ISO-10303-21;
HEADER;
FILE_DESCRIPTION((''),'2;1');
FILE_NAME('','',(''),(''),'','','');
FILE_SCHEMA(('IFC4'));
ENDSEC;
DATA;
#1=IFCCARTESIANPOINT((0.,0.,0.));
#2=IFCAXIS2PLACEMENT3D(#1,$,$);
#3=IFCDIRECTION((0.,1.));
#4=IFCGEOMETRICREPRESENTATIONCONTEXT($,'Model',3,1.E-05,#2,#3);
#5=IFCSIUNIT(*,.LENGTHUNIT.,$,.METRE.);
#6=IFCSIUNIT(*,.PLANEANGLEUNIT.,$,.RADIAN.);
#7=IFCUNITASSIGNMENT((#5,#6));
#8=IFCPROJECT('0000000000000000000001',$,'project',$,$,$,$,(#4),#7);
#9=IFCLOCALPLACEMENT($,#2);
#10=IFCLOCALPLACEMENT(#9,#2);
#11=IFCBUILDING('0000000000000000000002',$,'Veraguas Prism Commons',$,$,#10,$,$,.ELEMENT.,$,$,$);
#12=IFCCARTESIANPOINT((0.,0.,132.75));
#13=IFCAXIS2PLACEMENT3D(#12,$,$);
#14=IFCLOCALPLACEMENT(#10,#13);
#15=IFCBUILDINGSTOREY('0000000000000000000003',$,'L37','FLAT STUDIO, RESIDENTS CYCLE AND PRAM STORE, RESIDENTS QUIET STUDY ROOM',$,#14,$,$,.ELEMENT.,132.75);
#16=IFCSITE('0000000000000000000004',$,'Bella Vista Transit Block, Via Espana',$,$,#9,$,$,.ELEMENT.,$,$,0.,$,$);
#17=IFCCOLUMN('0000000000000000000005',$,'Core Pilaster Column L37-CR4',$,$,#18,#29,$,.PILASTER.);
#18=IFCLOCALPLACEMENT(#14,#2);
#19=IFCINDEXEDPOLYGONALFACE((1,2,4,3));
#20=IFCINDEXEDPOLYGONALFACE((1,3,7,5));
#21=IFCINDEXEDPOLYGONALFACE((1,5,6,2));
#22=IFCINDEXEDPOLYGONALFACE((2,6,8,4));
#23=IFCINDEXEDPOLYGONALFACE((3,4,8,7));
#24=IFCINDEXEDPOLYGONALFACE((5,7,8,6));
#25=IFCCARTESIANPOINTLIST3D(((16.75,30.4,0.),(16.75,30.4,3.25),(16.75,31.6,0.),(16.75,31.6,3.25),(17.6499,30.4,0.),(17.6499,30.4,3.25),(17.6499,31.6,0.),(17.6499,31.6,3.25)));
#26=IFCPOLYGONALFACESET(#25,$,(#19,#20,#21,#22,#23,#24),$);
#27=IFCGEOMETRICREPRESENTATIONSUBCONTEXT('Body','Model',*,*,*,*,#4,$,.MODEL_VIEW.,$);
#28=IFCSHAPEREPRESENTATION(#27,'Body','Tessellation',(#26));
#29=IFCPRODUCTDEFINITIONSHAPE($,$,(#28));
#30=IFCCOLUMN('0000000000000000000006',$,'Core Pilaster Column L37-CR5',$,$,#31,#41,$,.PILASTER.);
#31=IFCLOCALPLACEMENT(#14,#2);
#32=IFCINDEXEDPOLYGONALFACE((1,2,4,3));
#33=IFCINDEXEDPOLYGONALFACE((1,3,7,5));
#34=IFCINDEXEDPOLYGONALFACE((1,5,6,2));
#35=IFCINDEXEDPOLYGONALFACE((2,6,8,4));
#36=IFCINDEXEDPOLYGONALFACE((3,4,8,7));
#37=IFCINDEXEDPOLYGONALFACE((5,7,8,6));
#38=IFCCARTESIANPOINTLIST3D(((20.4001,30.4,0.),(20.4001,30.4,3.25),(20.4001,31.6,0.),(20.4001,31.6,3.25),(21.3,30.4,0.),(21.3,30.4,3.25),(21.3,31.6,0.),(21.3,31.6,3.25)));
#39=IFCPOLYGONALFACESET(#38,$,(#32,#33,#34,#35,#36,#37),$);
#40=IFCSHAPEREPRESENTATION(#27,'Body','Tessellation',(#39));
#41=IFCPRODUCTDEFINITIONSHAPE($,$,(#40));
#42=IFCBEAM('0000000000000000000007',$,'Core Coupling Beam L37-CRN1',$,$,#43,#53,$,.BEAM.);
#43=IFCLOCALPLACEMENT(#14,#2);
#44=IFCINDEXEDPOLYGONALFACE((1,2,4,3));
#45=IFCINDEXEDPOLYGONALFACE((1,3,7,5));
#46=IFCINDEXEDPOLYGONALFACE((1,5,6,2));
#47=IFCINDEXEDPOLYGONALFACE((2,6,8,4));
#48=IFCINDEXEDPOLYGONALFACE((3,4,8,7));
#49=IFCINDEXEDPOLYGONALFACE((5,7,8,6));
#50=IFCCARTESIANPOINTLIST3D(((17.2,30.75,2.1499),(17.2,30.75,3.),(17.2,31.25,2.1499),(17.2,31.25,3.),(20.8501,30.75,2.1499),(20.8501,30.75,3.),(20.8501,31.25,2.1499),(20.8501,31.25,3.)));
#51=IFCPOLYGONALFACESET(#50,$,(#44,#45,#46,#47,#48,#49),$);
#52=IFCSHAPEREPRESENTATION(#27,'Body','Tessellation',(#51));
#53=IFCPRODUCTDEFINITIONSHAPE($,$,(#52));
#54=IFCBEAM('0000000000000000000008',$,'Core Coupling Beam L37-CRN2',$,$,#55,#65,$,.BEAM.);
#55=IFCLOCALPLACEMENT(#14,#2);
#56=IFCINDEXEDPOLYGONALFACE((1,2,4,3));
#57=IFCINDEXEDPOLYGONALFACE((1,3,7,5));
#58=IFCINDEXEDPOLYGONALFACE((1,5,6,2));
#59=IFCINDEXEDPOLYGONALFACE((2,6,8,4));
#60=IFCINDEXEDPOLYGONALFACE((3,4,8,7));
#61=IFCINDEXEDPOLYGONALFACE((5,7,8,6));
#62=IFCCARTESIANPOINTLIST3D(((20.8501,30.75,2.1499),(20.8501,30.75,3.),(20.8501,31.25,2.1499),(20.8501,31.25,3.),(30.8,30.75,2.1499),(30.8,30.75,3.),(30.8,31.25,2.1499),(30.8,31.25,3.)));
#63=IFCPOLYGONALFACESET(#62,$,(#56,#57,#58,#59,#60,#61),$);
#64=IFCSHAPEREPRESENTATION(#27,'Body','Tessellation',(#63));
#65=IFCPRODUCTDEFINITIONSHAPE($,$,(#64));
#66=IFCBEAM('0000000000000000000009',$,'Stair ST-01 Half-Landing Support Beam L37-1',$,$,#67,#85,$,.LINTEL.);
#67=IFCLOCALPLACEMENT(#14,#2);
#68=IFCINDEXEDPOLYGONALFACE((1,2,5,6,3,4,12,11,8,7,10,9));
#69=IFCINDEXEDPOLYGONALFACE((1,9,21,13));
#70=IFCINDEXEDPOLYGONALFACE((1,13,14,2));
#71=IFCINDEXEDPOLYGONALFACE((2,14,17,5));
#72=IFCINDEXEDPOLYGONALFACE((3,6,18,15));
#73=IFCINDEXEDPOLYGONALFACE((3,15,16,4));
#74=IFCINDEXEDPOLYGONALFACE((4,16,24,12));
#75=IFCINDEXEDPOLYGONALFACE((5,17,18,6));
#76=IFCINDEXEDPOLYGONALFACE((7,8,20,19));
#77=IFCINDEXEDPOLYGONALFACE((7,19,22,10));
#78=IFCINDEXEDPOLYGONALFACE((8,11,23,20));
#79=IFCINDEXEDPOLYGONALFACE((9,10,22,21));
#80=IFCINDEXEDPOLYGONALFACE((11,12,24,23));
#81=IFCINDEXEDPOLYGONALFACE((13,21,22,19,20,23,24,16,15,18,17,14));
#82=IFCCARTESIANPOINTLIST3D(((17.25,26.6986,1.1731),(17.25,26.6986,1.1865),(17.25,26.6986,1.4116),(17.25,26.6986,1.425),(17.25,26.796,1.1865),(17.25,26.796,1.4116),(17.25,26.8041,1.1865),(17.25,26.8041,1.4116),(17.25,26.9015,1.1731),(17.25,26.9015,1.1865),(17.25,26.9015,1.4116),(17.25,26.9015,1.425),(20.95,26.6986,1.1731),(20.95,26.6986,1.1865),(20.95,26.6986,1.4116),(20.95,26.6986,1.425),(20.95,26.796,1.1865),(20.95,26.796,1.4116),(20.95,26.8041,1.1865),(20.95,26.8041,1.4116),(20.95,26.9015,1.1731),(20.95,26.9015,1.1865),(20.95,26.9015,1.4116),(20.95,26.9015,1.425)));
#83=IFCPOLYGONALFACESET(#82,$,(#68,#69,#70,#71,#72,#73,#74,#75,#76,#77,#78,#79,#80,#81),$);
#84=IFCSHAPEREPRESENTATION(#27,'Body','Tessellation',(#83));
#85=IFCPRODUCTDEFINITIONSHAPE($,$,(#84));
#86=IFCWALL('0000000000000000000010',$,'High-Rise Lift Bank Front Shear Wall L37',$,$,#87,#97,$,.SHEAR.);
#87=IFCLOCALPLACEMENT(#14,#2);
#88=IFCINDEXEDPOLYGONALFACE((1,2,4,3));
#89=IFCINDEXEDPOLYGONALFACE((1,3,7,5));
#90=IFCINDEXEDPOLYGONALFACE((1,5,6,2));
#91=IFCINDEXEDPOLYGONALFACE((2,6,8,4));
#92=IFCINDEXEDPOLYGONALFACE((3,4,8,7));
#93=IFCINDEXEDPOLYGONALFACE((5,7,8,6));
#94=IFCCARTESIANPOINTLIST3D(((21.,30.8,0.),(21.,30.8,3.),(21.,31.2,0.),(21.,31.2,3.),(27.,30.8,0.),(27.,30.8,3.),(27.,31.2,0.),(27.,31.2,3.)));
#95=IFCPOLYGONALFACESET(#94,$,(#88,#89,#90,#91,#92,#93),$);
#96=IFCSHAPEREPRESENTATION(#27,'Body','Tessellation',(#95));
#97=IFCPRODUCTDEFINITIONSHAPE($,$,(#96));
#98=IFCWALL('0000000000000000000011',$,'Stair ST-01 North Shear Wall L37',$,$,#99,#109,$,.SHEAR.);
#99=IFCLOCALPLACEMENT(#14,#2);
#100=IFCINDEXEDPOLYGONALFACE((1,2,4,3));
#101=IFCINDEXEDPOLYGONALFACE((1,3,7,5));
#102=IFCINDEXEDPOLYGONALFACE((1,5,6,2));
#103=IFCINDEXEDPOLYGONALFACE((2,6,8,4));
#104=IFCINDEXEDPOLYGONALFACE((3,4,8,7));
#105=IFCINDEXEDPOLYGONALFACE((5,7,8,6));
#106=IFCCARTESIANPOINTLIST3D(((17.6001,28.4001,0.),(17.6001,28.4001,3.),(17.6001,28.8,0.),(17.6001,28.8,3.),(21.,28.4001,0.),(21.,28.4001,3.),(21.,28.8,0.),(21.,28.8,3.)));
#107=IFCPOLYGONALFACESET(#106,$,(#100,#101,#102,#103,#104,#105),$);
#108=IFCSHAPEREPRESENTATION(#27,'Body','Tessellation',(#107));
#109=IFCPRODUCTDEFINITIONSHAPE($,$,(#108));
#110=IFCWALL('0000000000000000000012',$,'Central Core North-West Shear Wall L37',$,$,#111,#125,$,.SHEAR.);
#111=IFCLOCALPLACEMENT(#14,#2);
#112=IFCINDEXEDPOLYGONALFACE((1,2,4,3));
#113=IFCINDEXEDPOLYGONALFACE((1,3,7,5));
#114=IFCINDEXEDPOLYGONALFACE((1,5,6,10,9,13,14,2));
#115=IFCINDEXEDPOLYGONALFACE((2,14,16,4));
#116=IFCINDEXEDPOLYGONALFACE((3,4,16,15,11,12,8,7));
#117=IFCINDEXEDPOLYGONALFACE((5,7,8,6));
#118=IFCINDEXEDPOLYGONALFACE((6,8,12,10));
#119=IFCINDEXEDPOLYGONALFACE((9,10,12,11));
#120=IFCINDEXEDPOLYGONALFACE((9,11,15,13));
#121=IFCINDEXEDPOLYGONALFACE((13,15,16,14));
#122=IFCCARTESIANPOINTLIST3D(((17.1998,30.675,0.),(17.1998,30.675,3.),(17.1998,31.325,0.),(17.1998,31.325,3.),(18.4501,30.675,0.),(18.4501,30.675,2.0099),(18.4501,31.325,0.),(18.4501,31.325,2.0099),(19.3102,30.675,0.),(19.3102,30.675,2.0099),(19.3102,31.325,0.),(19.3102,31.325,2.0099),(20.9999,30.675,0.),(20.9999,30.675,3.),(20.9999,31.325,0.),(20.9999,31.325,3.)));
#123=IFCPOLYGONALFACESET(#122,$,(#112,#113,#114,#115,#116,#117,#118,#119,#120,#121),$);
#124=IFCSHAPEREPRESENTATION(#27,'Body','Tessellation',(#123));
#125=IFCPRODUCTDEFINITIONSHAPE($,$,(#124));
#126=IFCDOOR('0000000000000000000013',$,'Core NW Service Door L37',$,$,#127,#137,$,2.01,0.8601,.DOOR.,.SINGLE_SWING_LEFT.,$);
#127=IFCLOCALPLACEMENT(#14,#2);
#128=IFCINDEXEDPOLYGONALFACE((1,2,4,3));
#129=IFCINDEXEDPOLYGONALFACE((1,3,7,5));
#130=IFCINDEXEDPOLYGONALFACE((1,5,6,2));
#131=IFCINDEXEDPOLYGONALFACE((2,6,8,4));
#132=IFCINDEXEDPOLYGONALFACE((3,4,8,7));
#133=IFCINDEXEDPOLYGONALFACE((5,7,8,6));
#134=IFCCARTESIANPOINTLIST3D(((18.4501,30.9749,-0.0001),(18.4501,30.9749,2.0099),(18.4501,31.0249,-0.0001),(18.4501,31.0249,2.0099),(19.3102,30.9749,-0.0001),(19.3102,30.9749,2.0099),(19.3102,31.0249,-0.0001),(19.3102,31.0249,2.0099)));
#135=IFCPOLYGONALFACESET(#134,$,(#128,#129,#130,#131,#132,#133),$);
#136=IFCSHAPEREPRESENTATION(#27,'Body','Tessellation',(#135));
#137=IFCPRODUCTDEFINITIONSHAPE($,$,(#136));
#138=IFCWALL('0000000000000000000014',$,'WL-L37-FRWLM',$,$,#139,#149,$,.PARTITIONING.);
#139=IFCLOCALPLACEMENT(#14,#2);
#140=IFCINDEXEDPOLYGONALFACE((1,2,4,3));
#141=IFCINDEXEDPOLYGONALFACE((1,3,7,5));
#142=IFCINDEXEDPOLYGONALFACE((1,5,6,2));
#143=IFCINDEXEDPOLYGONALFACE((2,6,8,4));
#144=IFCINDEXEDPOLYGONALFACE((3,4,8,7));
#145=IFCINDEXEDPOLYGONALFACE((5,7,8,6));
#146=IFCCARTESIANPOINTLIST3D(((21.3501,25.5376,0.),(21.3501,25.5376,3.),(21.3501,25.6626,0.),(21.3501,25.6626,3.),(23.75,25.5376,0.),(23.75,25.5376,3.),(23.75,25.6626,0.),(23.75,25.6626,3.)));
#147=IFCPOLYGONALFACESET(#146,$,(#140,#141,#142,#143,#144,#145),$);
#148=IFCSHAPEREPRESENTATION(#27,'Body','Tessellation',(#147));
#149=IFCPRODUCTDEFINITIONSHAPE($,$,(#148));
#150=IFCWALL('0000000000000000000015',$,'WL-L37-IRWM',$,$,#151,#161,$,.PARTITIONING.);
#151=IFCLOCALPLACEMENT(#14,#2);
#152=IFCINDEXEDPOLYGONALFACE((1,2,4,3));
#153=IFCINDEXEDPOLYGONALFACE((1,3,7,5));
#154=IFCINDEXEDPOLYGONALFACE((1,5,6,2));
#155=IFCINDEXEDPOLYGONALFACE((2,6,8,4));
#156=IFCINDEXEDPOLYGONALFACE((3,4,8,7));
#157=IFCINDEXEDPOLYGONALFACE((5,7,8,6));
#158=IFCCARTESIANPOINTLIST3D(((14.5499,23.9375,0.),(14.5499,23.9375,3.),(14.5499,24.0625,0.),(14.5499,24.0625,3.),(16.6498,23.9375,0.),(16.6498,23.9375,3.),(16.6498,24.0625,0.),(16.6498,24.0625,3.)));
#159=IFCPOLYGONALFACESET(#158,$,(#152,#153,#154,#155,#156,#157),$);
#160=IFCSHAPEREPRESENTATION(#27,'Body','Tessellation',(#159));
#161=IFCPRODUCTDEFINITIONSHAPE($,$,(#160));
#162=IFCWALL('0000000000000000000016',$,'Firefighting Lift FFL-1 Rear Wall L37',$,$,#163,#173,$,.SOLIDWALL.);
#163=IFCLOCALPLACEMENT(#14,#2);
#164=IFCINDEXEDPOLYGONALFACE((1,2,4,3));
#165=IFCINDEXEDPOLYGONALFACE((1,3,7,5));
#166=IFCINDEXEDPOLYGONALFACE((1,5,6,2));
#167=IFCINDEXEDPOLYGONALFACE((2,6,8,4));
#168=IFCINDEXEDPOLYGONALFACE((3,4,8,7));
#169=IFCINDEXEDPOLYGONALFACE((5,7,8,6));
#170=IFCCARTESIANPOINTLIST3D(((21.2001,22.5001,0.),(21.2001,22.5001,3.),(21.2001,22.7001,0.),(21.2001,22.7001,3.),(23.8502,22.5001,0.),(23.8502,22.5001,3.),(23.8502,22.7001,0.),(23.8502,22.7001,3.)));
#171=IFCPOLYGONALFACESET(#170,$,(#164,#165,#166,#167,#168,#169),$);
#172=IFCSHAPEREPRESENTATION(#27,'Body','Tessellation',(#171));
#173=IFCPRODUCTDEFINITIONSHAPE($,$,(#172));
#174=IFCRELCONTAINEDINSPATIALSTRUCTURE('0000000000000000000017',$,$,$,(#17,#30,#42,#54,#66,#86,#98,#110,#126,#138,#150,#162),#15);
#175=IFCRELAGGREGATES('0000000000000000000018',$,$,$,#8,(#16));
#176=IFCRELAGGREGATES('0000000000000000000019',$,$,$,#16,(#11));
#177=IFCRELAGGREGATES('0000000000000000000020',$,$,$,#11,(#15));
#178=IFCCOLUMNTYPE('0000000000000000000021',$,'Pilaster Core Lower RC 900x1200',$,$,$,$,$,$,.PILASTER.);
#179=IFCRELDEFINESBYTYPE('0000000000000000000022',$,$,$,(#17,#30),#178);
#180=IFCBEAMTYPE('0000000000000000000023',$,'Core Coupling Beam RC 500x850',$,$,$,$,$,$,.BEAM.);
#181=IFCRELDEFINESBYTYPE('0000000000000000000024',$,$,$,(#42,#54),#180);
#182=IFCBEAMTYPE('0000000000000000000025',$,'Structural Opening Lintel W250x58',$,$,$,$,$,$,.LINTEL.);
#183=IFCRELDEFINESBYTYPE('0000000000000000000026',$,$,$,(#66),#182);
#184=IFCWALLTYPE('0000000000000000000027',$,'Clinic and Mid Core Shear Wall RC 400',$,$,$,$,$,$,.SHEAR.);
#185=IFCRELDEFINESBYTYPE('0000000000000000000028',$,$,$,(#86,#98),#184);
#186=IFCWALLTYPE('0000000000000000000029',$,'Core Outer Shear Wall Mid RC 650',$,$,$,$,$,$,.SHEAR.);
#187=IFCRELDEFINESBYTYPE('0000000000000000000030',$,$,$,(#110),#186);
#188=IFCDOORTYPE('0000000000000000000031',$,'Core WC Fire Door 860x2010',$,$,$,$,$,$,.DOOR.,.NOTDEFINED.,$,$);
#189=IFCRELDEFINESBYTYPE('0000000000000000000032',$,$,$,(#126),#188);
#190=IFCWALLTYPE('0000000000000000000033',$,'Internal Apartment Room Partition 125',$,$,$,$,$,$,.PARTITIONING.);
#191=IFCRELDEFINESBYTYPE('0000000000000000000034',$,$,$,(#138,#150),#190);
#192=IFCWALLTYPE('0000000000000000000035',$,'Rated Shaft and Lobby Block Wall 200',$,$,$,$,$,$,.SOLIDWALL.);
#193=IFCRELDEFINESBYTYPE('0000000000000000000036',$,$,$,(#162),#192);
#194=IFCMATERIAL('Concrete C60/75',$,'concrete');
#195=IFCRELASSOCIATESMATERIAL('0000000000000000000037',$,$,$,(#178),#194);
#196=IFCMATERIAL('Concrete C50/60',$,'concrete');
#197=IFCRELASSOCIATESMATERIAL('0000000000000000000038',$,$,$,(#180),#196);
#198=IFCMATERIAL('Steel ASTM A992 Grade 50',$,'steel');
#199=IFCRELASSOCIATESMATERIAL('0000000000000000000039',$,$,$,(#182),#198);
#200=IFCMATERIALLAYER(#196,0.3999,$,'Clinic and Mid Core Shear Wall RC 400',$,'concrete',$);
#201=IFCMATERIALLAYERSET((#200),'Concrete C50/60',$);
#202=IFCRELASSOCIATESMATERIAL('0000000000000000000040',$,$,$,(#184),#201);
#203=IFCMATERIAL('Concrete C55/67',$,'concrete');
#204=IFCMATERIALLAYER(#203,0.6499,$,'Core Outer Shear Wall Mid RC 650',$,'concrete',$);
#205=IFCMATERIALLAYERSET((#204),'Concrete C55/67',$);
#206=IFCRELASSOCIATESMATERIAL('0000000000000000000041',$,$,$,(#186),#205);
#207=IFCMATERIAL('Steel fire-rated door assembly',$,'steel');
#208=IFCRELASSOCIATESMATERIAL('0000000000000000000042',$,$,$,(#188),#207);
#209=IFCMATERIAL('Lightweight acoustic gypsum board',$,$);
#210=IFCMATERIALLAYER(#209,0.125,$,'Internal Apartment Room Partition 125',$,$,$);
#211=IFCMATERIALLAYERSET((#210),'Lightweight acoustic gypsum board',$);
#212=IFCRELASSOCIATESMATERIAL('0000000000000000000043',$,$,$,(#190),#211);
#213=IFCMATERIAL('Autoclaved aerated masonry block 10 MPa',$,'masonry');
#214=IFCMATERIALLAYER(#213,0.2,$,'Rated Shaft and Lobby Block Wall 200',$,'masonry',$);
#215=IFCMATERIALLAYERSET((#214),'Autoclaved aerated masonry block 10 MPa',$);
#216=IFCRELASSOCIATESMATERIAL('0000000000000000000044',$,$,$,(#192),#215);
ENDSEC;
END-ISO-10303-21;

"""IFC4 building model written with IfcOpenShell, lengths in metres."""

from ifc_helpers import new_model, si_unit, direction, frame, frame_2d, origin, origin_2d, place, context, subcontext, project, spatial, rectangle, i_section, extrude, source, transform, mapped, material, layer, layer_set, material_profile, profile_set, type_object, element, fill, save


model = new_model("IFC4")

# Units and contexts
model_context = context("Model", 3, precision=1e-05, world=origin(), true_north=direction((0.0, 1.0)))
body_context = subcontext(model_context, "Body", "Model", "MODEL_VIEW")
ifc_project = project(units=[si_unit("LENGTHUNIT", "METRE"), si_unit("PLANEANGLEUNIT", "RADIAN")], contexts=[model_context])

# Site, building, storey
site_placement = place(None, origin())
site = spatial("IfcSite", under=ifc_project, at=site_placement, Name="Bella Vista Transit Block, Via Espana", CompositionType="ELEMENT", RefElevation=0.0)
building_placement = place(site_placement, origin())
building = spatial("IfcBuilding", under=site, at=building_placement, Name="Veraguas Prism Commons", CompositionType="ELEMENT")
storey_placement = place(building_placement, frame((0.0, 0.0, 132.75)))
storey = spatial("IfcBuildingStorey", under=building, at=storey_placement, Name="L37", Description="FLAT STUDIO, RESIDENTS CYCLE AND PRAM STORE, RESIDENTS QUIET STUDY ROOM", CompositionType="ELEMENT", Elevation=132.75)

# Columns
ifc_material_1 = material(Name="Concrete C60/75", Category="concrete")
ifc_material_profile_1 = material_profile(ifc_material_1, rectangle(XDim=0.8999, YDim=1.2, at=origin_2d()), Name="RC900X1200")
ifc_profile_set_1 = profile_set([ifc_material_profile_1], Name="Concrete C60/75")
column_type = type_object("IfcColumnType", Name="Pilaster Core Lower RC 900x1200", PredefinedType="PILASTER", material=ifc_profile_set_1)
for number, where, z_axis, x_axis, name in (
    (1, (17.2, 31.0, 0.0), (0.0, 0.0, 1.0), (1.0, 0.0, 0.0), "Core Pilaster Column L37-CR4"),
    (2, (20.8501, 31.0, 0.0), (0.0, 0.0, 1.0), (1.0, 0.0, 0.0), "Core Pilaster Column L37-CR5"),
):
    element("IfcColumn", number, at=place(storey_placement, frame(where, z_axis=z_axis, x_axis=x_axis)), inside=storey, type_object=column_type, Name=name, PredefinedType="PILASTER", context=body_context, shape_type="SweptSolid", body=[
        extrude(rectangle(XDim=0.8999, YDim=1.2, at=origin_2d()), origin(), (0.0, 0.0, 1.0), 3.25),
    ])

# Beams
ifc_material_2 = material(Name="Concrete C50/60", Category="concrete")
ifc_material_profile_2 = material_profile(ifc_material_2, rectangle(XDim=0.5, YDim=0.8501, at=origin_2d()), Name="RC500X850")
ifc_profile_set_2 = profile_set([ifc_material_profile_2], Name="Concrete C50/60")
beam_type_1 = type_object("IfcBeamType", Name="Core Coupling Beam RC 500x850", PredefinedType="BEAM", material=ifc_profile_set_2)
beam_1_placement = place(storey_placement, frame((17.2, 31.0, 2.575), z_axis=(1.0, 0.0, 0.0), x_axis=(0.0, 1.0, 0.0)))
element("IfcBeam", 3, at=beam_1_placement, inside=storey, type_object=beam_type_1, Name="Core Coupling Beam L37-CRN1", PredefinedType="BEAM", context=body_context, shape_type="SweptSolid", body=[
    extrude(rectangle(XDim=0.5, YDim=0.8501, at=origin_2d()), origin(), (0.0, 0.0, 1.0), 3.6501),
])
beam_2_placement = place(storey_placement, frame((20.8501, 31.0, 2.575), z_axis=(1.0, 0.0, 0.0), x_axis=(0.0, 1.0, 0.0)))
element("IfcBeam", 4, at=beam_2_placement, inside=storey, type_object=beam_type_1, Name="Core Coupling Beam L37-CRN2", PredefinedType="BEAM", context=body_context, shape_type="SweptSolid", body=[
    extrude(rectangle(XDim=0.5, YDim=0.8501, at=origin_2d()), origin(), (0.0, 0.0, 1.0), 9.95),
])
ifc_material_3 = material(Name="Steel ASTM A992 Grade 50", Category="steel")
ifc_material_profile_3 = material_profile(ifc_material_3, i_section(OverallWidth=0.2029, OverallDepth=0.252, WebThickness=0.0081, FlangeThickness=0.0134, at=origin_2d()), Name="W250X58")
ifc_profile_set_3 = profile_set([ifc_material_profile_3], Name="Steel ASTM A992 Grade 50")
beam_type_2 = type_object("IfcBeamType", Name="Structural Opening Lintel W250x58", PredefinedType="LINTEL", material=ifc_profile_set_3)
beam_3_placement = place(storey_placement, frame((17.25, 26.8, 1.2991), z_axis=(1.0, 0.0, 0.0), x_axis=(0.0, 1.0, 0.0)))
element("IfcBeam", 5, at=beam_3_placement, inside=storey, type_object=beam_type_2, Name="Stair ST-01 Half-Landing Support Beam L37-1", PredefinedType="LINTEL", context=body_context, shape_type="SweptSolid", body=[
    extrude(i_section(OverallWidth=0.2029, OverallDepth=0.252, WebThickness=0.0081, FlangeThickness=0.0134, at=origin_2d()), origin(), (0.0, 0.0, 1.0), 3.7),
])

# Walls
ifc_layer_1 = layer(ifc_material_2, 0.3999, Name="Clinic and Mid Core Shear Wall RC 400", Category="concrete")
ifc_layer_set_1 = layer_set([ifc_layer_1], Name="Concrete C50/60")
wall_type_1 = type_object("IfcWallType", Name="Clinic and Mid Core Shear Wall RC 400", PredefinedType="SHEAR", material=ifc_layer_set_1)
wall_1_placement = place(storey_placement, frame((21.0, 31.0, 0.0), z_axis=(0.0, 0.0, 1.0), x_axis=(1.0, 0.0, 0.0)))
element("IfcWall", 6, at=wall_1_placement, inside=storey, type_object=wall_type_1, Name="High-Rise Lift Bank Front Shear Wall L37", PredefinedType="SHEAR", context=body_context, shape_type="SweptSolid", body=[
    extrude(rectangle(XDim=6.0, YDim=0.3999, at=frame_2d((3.0, 0.0))), origin(), (0.0, 0.0, 1.0), 3.0),
])
wall_2_placement = place(storey_placement, frame((17.6001, 28.6001, 0.0), z_axis=(0.0, 0.0, 1.0), x_axis=(1.0, 0.0, 0.0)))
element("IfcWall", 7, at=wall_2_placement, inside=storey, type_object=wall_type_1, Name="Stair ST-01 North Shear Wall L37", PredefinedType="SHEAR", context=body_context, shape_type="SweptSolid", body=[
    extrude(rectangle(XDim=3.3999, YDim=0.3999, at=frame_2d((1.7, 0.0))), origin(), (0.0, 0.0, 1.0), 3.0),
])

# Wall, opening, door
ifc_material_4 = material(Name="Concrete C55/67", Category="concrete")
ifc_layer_2 = layer(ifc_material_4, 0.6499, Name="Core Outer Shear Wall Mid RC 650", Category="concrete")
ifc_layer_set_2 = layer_set([ifc_layer_2], Name="Concrete C55/67")
wall_type_2 = type_object("IfcWallType", Name="Core Outer Shear Wall Mid RC 650", PredefinedType="SHEAR", material=ifc_layer_set_2)
wall_3_placement = place(storey_placement, frame((17.2, 31.0, 0.0), z_axis=(0.0, 0.0, 1.0), x_axis=(1.0, 0.0, 0.0)))
wall_3 = element("IfcWall", 8, at=wall_3_placement, inside=storey, type_object=wall_type_2, Name="Central Core North-West Shear Wall L37", PredefinedType="SHEAR", context=body_context, shape_type="SweptSolid", body=[
    extrude(rectangle(XDim=3.8, YDim=0.6499, at=frame_2d((1.8999, 0.0))), origin(), (0.0, 0.0, 1.0), 3.0),
])
opening_placement = place(wall_3_placement, frame((1.25, 0.0, 0.0)))
opening = element("IfcOpeningElement", 9, at=opening_placement, cuts=wall_3, PredefinedType="OPENING", context=body_context, shape_type="SweptSolid", body=[
    extrude(rectangle(XDim=0.8601, YDim=2.01, at=frame_2d((0.4302, 1.0049))), frame((0.0, 0.335, 0.0), z_axis=(0.0, -1.0, 0.0), x_axis=(1.0, 0.0, 0.0)), (0.0, 0.0, 1.0), 0.6699),
])
ifc_material_5 = material(Name="Steel fire-rated door assembly", Category="steel")
door_type = type_object("IfcDoorType", Name="Core WC Fire Door 860x2010", OperationType="NOTDEFINED", PredefinedType="DOOR", material=ifc_material_5)
shared_shape = source(origin(), body_context, "Body", "SweptSolid", [
    extrude(rectangle(XDim=0.8601, YDim=2.01, at=frame_2d((0.4302, 1.0049))), frame((0.0, 0.0249, 0.0), z_axis=(0.0, -1.0, 0.0), x_axis=(1.0, 0.0, 0.0)), (0.0, 0.0, 1.0), 0.05),
])
door_placement = place(opening_placement, origin())
door = element("IfcDoor", 10, at=door_placement, inside=storey, type_object=door_type, Name="Core NW Service Door L37", OperationType="SINGLE_SWING_LEFT", OverallHeight=2.01, OverallWidth=0.8601, PredefinedType="DOOR", context=body_context, shape_type="MappedRepresentation", body=[
    mapped(shared_shape, transform((0.0, 0.0, 0.0), scale=1.0)),
])
fill(opening, door)

# Walls
ifc_material_6 = material(Name="Lightweight acoustic gypsum board")
ifc_layer_3 = layer(ifc_material_6, 0.125, Name="Internal Apartment Room Partition 125")
ifc_layer_set_3 = layer_set([ifc_layer_3], Name="Lightweight acoustic gypsum board")
wall_type_3 = type_object("IfcWallType", Name="Internal Apartment Room Partition 125", PredefinedType="PARTITIONING", material=ifc_layer_set_3)
wall_4_placement = place(storey_placement, frame((21.3501, 25.6001, 0.0), z_axis=(0.0, 0.0, 1.0), x_axis=(1.0, 0.0, 0.0)))
element("IfcWall", 11, at=wall_4_placement, inside=storey, type_object=wall_type_3, Name="WL-L37-FRWLM", PredefinedType="PARTITIONING", context=body_context, shape_type="SweptSolid", body=[
    extrude(rectangle(XDim=2.3999, YDim=0.125, at=frame_2d((1.2, 0.0))), origin(), (0.0, 0.0, 1.0), 3.0),
])
wall_5_placement = place(storey_placement, frame((14.55, 24.0, 0.0), z_axis=(0.0, 0.0, 1.0), x_axis=(1.0, 0.0, 0.0)))
element("IfcWall", 12, at=wall_5_placement, inside=storey, type_object=wall_type_3, Name="WL-L37-IRWM", PredefinedType="PARTITIONING", context=body_context, shape_type="SweptSolid", body=[
    extrude(rectangle(XDim=2.0999, YDim=0.125, at=frame_2d((1.0498, 0.0))), origin(), (0.0, 0.0, 1.0), 3.0),
])
ifc_material_7 = material(Name="Autoclaved aerated masonry block 10 MPa", Category="masonry")
ifc_layer_4 = layer(ifc_material_7, 0.2, Name="Rated Shaft and Lobby Block Wall 200", Category="masonry")
ifc_layer_set_4 = layer_set([ifc_layer_4], Name="Autoclaved aerated masonry block 10 MPa")
wall_type_4 = type_object("IfcWallType", Name="Rated Shaft and Lobby Block Wall 200", PredefinedType="SOLIDWALL", material=ifc_layer_set_4)
wall_6_placement = place(storey_placement, frame((21.2, 22.6001, 0.0), z_axis=(0.0, 0.0, 1.0), x_axis=(1.0, 0.0, 0.0)))
element("IfcWall", 13, at=wall_6_placement, inside=storey, type_object=wall_type_4, Name="Firefighting Lift FFL-1 Rear Wall L37", PredefinedType="SOLIDWALL", context=body_context, shape_type="SweptSolid", body=[
    extrude(rectangle(XDim=2.6501, YDim=0.2, at=frame_2d((1.3252, 0.0))), origin(), (0.0, 0.0, 1.0), 3.0),
])

save(model, "model.ifc")
